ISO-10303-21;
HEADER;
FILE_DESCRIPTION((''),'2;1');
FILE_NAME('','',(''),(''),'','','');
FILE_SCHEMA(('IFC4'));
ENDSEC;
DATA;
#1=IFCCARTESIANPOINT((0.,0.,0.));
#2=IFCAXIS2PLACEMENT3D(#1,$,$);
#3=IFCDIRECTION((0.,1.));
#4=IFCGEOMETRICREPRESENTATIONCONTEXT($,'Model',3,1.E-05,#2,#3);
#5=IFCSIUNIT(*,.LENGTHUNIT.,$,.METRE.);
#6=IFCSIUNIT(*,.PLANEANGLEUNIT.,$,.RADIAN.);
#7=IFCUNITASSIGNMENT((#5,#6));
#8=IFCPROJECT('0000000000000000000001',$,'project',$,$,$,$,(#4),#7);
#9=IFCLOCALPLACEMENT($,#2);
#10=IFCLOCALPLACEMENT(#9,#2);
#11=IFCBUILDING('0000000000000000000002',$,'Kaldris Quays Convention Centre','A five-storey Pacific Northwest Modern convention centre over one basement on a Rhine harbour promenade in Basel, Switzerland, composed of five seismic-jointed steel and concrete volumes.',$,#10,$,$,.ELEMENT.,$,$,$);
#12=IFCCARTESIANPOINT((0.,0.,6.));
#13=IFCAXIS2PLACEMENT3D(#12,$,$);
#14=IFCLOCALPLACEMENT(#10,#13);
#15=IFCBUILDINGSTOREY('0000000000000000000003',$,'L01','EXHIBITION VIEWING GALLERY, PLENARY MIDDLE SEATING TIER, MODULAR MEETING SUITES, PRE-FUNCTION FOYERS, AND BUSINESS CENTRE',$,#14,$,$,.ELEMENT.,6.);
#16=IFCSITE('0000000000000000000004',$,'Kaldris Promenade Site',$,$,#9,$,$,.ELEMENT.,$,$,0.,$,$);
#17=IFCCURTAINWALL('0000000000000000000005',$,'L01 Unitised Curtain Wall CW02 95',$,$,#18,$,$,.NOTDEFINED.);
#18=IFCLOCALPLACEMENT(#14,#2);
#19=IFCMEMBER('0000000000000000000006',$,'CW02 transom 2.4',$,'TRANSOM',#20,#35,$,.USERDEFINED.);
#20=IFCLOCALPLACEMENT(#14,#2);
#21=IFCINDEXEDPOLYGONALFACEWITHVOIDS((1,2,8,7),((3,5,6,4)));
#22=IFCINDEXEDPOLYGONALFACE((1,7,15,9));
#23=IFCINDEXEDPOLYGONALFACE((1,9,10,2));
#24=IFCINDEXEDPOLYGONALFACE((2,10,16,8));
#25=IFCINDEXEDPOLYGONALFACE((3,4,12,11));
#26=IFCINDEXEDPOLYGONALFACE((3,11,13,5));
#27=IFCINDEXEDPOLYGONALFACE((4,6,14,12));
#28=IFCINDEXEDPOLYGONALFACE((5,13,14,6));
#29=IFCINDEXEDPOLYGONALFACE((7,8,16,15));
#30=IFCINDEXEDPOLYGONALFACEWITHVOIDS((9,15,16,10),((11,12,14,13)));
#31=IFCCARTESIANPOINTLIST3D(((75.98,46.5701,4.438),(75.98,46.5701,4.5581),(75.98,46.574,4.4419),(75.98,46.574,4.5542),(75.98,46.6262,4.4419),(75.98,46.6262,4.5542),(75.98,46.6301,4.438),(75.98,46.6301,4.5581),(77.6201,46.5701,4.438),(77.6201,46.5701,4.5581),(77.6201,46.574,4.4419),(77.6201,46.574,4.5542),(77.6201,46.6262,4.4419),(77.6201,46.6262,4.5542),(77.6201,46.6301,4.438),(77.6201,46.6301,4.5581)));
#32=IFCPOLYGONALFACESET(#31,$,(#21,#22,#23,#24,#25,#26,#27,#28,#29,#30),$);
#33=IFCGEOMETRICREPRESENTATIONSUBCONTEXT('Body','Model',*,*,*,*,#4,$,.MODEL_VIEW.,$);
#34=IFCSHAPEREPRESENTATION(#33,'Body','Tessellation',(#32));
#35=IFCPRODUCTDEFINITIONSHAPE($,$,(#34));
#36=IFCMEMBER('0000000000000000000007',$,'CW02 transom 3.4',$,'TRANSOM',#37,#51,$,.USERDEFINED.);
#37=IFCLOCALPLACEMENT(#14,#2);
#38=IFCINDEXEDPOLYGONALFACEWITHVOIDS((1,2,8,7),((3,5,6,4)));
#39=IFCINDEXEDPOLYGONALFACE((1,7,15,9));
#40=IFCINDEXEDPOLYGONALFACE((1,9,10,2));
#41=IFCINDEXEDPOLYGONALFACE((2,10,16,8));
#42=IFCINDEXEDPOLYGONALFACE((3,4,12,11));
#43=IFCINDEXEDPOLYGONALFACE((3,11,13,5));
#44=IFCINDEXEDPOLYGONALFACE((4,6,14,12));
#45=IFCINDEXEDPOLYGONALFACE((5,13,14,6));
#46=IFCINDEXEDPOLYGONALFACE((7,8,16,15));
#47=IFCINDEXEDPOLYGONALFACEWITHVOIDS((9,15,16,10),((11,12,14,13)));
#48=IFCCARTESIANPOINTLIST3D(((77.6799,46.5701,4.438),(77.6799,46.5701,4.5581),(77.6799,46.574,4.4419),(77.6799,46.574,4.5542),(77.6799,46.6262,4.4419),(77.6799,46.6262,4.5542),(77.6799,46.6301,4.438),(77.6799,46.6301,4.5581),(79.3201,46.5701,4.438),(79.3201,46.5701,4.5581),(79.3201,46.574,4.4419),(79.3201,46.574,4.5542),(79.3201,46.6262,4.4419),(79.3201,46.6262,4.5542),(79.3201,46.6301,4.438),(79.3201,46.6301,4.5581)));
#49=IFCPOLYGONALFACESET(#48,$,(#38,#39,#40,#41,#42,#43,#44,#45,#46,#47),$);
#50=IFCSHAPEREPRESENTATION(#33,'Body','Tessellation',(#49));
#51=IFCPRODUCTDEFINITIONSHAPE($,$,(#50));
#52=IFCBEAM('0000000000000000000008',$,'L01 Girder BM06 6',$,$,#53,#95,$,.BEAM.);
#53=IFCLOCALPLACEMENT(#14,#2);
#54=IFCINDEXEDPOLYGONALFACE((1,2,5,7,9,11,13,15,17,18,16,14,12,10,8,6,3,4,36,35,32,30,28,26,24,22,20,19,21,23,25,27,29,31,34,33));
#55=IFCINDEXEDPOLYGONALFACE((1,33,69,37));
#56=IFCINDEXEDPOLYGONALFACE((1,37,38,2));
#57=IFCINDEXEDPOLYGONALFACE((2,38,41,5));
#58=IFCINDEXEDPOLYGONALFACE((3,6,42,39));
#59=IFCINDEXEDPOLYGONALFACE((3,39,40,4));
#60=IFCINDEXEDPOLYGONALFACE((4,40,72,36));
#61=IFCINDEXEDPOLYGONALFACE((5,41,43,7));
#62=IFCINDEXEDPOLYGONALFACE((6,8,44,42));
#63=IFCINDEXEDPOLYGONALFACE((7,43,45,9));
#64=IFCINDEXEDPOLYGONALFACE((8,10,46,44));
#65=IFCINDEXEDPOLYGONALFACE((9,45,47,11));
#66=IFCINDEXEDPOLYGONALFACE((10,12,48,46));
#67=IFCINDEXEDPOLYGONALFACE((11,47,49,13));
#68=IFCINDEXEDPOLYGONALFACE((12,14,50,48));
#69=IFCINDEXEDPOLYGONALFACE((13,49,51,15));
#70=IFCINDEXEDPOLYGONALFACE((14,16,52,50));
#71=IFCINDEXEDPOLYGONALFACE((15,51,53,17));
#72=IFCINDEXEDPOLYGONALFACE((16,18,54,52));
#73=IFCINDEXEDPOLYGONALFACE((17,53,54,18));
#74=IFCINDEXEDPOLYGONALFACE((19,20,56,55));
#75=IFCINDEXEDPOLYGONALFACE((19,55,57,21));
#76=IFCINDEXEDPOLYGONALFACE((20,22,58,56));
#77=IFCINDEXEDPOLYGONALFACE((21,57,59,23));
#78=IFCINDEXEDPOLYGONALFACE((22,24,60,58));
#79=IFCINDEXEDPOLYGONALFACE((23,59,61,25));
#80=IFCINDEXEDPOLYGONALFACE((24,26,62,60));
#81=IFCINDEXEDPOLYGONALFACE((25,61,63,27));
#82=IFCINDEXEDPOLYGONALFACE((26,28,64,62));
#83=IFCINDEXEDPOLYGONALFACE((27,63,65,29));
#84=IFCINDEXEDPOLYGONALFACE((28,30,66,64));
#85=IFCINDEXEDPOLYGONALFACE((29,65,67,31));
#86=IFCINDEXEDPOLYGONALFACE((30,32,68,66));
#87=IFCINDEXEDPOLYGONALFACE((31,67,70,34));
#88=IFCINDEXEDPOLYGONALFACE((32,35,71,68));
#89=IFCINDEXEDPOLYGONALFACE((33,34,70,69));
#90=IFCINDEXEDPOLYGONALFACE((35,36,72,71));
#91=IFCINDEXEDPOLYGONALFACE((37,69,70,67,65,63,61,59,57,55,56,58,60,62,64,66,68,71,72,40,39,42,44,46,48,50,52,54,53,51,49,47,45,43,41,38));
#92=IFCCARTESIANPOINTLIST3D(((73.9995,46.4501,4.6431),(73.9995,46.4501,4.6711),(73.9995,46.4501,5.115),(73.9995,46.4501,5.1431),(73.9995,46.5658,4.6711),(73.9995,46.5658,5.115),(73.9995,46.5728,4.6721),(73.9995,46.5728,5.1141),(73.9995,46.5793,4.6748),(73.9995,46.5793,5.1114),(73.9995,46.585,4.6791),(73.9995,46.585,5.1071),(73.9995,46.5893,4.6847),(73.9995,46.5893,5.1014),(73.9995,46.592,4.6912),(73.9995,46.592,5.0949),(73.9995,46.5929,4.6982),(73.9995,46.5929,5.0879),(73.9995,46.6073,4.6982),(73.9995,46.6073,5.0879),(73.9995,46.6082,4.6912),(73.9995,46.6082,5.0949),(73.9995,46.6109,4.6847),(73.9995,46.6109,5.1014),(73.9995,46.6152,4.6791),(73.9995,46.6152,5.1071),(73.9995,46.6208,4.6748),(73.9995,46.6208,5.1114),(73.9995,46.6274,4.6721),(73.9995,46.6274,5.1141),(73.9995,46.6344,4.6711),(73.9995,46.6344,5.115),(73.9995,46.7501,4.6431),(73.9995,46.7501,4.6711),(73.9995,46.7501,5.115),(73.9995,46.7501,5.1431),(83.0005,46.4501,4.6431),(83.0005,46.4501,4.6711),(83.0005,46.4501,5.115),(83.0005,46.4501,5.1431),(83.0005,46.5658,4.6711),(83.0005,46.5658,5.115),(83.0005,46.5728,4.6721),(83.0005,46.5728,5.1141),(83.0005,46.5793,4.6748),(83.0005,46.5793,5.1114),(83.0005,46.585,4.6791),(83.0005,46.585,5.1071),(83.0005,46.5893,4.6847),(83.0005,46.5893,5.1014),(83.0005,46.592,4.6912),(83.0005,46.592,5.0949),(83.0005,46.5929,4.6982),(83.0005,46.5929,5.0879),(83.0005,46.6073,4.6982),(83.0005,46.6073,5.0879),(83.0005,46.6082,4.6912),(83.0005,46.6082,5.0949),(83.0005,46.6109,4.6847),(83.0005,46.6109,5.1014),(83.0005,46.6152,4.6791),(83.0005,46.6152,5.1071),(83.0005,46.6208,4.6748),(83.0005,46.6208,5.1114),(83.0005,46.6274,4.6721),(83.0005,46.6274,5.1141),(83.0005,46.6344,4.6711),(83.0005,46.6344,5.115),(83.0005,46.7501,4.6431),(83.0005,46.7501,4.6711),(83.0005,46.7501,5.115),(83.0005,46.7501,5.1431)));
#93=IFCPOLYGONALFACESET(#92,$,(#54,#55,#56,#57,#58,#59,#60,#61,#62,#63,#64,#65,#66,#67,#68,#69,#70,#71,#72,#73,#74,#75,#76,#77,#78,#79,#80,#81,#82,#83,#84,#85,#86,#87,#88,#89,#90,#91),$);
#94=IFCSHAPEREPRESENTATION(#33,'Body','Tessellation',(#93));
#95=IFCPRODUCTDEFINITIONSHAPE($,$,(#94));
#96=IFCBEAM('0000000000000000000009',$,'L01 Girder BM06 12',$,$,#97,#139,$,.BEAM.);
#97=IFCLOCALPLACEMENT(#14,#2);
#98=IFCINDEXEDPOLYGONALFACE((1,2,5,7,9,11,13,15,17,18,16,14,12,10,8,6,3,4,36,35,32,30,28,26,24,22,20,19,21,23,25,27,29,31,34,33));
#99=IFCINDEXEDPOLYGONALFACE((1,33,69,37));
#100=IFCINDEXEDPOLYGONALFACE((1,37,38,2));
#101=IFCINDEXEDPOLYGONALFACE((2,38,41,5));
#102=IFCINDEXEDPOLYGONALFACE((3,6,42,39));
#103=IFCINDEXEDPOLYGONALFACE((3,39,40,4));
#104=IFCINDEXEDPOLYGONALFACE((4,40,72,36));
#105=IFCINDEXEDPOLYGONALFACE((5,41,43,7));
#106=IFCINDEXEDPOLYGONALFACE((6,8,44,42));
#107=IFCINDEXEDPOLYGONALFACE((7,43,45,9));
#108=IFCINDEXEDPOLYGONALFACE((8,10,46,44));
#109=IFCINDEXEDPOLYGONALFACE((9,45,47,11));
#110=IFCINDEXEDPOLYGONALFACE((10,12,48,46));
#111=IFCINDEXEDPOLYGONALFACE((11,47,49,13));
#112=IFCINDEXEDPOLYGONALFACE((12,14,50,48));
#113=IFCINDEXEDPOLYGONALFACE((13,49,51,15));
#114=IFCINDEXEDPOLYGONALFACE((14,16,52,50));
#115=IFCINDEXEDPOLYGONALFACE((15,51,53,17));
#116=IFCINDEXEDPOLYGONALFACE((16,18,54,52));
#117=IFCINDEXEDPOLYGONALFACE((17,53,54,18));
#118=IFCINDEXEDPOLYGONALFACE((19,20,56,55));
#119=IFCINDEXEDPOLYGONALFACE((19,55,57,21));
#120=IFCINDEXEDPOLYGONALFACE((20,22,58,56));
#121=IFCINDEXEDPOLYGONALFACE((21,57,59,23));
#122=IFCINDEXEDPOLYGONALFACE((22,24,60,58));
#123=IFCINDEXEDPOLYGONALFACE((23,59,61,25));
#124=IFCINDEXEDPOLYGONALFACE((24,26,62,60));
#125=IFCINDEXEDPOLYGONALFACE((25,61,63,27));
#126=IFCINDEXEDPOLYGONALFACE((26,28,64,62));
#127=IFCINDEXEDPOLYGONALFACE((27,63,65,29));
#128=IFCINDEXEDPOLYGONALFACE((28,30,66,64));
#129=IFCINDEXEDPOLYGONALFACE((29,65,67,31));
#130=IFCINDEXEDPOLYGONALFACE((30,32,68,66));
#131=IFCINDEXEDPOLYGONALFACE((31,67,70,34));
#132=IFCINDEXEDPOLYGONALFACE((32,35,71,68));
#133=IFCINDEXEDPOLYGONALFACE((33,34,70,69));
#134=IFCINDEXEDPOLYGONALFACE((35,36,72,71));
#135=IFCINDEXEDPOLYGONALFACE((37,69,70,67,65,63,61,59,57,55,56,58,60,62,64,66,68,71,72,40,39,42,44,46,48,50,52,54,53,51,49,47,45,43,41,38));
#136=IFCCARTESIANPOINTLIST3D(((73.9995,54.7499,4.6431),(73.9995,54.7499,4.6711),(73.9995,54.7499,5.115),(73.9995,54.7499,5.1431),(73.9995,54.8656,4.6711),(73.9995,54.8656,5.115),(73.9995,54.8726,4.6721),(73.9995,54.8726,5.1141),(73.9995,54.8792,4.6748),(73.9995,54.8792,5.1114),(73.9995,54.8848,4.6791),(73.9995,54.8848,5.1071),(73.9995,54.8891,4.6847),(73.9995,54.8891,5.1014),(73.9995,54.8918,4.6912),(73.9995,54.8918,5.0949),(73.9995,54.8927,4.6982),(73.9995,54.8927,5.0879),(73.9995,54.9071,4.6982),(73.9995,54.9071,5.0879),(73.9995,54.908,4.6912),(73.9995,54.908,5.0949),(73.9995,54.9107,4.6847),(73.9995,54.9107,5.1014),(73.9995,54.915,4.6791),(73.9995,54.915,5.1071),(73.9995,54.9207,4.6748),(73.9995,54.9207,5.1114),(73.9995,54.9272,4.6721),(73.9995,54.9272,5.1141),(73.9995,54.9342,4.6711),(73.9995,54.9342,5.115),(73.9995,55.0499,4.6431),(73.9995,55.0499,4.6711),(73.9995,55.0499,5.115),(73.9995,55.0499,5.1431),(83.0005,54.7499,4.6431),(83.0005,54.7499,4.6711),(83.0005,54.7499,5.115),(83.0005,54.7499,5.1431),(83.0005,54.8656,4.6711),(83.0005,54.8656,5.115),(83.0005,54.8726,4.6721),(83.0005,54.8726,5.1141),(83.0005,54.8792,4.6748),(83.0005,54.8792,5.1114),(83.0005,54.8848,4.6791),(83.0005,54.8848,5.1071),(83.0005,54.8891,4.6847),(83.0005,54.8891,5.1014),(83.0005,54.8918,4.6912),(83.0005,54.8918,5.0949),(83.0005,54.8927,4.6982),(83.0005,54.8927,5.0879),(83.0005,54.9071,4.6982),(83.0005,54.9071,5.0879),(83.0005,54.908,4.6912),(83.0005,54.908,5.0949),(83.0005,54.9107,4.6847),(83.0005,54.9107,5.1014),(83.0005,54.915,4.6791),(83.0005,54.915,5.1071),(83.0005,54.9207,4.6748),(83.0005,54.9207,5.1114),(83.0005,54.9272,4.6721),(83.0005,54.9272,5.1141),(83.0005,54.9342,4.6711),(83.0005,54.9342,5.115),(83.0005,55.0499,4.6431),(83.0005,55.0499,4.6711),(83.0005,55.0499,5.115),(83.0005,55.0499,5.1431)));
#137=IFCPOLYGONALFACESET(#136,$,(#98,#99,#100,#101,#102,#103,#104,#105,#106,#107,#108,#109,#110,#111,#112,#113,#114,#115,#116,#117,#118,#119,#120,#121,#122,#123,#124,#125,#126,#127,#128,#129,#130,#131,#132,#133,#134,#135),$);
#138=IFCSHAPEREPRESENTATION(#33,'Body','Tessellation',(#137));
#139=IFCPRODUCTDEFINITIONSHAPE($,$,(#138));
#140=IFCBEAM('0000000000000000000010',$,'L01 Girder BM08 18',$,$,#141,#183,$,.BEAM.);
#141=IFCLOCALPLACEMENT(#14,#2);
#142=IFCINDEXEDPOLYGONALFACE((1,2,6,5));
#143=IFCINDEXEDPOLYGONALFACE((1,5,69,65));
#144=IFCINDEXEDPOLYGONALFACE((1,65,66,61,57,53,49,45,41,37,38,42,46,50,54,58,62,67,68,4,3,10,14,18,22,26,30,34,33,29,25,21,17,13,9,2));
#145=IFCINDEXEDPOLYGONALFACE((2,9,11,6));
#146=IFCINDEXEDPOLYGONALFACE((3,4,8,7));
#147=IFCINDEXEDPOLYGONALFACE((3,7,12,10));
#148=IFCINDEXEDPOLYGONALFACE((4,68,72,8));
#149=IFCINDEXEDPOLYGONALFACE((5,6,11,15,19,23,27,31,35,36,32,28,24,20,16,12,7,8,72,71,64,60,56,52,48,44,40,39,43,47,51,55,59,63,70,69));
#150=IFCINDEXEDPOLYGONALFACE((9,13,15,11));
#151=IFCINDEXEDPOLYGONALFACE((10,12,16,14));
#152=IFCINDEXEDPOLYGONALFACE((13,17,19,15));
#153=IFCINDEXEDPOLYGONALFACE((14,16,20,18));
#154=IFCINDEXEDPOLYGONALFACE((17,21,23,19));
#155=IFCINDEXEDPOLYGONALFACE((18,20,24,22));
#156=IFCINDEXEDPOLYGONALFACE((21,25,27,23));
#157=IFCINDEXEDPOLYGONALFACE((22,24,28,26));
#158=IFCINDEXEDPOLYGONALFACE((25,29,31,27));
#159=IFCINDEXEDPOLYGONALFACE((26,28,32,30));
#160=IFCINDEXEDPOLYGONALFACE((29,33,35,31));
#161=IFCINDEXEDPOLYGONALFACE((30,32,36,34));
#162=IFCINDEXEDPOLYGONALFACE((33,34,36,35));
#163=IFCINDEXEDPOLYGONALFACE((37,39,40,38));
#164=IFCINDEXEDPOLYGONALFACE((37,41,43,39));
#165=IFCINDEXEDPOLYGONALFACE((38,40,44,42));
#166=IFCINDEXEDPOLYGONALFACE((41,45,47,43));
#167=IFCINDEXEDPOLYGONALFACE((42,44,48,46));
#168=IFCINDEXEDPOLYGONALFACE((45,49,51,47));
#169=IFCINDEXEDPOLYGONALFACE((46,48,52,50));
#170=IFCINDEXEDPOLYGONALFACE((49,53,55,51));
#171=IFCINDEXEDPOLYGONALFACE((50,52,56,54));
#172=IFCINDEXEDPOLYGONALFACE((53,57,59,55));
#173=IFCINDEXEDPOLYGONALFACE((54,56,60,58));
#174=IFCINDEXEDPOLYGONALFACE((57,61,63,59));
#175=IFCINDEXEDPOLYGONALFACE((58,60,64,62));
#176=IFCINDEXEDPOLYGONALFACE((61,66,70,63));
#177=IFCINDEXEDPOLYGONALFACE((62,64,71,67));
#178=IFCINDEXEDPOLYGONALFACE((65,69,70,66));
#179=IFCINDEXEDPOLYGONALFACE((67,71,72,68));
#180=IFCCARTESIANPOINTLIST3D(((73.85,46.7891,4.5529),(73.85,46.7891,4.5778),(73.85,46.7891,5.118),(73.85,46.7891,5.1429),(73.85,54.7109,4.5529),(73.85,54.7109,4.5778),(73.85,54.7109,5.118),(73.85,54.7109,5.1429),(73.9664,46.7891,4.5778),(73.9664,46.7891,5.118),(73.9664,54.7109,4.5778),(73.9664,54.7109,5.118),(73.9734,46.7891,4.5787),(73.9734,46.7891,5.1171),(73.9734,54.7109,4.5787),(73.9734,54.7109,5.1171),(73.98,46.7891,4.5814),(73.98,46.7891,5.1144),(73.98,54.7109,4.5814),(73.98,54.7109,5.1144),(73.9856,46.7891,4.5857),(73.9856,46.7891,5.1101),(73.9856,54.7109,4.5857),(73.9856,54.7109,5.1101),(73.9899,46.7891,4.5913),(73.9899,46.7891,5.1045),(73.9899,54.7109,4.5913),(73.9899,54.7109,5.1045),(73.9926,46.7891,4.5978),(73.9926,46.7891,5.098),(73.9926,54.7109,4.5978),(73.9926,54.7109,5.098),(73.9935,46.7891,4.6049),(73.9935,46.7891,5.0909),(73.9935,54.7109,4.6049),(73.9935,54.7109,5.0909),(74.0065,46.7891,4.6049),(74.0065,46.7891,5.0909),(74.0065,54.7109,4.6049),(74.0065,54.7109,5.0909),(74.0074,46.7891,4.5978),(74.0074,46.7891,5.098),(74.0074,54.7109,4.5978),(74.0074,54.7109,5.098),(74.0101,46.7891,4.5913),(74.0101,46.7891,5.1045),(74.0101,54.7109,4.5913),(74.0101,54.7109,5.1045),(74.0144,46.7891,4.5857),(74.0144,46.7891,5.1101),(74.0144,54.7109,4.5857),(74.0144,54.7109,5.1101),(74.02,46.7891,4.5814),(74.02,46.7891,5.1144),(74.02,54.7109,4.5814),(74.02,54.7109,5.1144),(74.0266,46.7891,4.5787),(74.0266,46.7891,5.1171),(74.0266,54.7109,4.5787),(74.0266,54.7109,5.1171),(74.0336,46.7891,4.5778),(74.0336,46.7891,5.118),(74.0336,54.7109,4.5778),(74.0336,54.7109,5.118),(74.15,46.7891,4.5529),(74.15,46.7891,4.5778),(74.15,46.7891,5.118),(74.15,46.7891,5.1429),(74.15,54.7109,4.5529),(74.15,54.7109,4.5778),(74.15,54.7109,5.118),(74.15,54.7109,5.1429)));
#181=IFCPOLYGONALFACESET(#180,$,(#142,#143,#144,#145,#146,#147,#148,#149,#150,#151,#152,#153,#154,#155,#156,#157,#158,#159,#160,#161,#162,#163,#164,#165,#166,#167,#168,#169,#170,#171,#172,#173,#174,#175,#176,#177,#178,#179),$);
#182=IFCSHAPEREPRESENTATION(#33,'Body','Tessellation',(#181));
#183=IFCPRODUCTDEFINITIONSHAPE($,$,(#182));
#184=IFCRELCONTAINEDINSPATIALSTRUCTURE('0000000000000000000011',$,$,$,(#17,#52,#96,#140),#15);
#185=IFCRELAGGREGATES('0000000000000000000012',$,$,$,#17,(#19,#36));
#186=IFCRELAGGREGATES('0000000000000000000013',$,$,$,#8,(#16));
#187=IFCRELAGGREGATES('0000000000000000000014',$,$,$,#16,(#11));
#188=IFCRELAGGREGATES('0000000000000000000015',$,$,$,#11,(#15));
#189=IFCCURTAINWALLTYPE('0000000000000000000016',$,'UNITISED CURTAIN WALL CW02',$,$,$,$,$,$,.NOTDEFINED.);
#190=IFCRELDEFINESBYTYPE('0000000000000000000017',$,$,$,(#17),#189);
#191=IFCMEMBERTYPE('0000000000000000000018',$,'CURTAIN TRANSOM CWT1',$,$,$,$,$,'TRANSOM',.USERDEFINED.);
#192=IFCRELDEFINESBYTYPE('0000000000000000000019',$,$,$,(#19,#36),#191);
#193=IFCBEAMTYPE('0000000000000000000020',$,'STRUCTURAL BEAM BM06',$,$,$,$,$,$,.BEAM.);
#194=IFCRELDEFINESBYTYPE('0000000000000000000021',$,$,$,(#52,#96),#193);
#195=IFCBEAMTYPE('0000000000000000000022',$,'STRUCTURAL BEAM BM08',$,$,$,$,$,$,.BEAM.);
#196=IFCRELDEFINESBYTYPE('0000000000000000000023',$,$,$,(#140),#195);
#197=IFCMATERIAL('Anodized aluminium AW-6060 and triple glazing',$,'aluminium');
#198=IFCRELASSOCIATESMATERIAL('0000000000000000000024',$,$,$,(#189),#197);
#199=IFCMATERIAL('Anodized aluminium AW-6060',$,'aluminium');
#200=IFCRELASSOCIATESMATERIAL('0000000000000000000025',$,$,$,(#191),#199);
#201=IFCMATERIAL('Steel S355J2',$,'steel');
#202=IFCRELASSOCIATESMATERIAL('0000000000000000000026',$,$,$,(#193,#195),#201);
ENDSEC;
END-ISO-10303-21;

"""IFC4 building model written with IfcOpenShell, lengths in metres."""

from ifc_helpers import new_model, si_unit, direction, frame, origin, origin_2d, place, context, subcontext, project, spatial, hollow_rectangle, i_section, extrude, material, material_profile, profile_set, type_object, element, aggregate, save


model = new_model("IFC4")

# Units and contexts
model_context = context("Model", 3, precision=1e-05, world=origin(), true_north=direction((0.0, 1.0)))
body_context = subcontext(model_context, "Body", "Model", "MODEL_VIEW")
ifc_project = project(units=[si_unit("LENGTHUNIT", "METRE"), si_unit("PLANEANGLEUNIT", "RADIAN")], contexts=[model_context])

# Site, building, storey
site_placement = place(None, origin())
site = spatial("IfcSite", under=ifc_project, at=site_placement, Name="Kaldris Promenade Site", CompositionType="ELEMENT", RefElevation=0.0)
building_placement = place(site_placement, origin())
building = spatial("IfcBuilding", under=site, at=building_placement, Name="Kaldris Quays Convention Centre", Description="A five-storey Pacific Northwest Modern convention centre over one basement on a Rhine harbour promenade in Basel, Switzerland, composed of five seismic-jointed steel and concrete volumes.", CompositionType="ELEMENT")
storey_placement = place(building_placement, frame((0.0, 0.0, 6.0)))
storey = spatial("IfcBuildingStorey", under=building, at=storey_placement, Name="L01", Description="EXHIBITION VIEWING GALLERY, PLENARY MIDDLE SEATING TIER, MODULAR MEETING SUITES, PRE-FUNCTION FOYERS, AND BUSINESS CENTRE", CompositionType="ELEMENT", Elevation=6.0)

# Curtain wall, members
ifc_material_1 = material(Name="Anodized aluminium AW-6060 and triple glazing", Category="aluminium")
curtain_wall_type = type_object("IfcCurtainWallType", Name="UNITISED CURTAIN WALL CW02", PredefinedType="NOTDEFINED", material=ifc_material_1)
curtain_wall_placement = place(storey_placement, origin())
curtain_wall = element("IfcCurtainWall", 1, at=curtain_wall_placement, inside=storey, type_object=curtain_wall_type, Name="L01 Unitised Curtain Wall CW02 95", PredefinedType="NOTDEFINED")
ifc_material_2 = material(Name="Anodized aluminium AW-6060", Category="aluminium")
ifc_material_profile_1 = material_profile(ifc_material_2, hollow_rectangle(XDim=0.0601, YDim=0.1201, WallThickness=0.0039, at=origin_2d()), Name="RHS 120x60x4")
ifc_profile_set_1 = profile_set([ifc_material_profile_1], Name="Anodized aluminium AW-6060")
member_type = type_object("IfcMemberType", Name="CURTAIN TRANSOM CWT1", ElementType="TRANSOM", PredefinedType="USERDEFINED", material=ifc_profile_set_1)
member_1_placement = place(storey_placement, frame((75.98, 46.6001, 4.498), z_axis=(1.0, 0.0, 0.0), x_axis=(0.0, 1.0, 0.0)))
member_1 = element("IfcMember", 2, at=member_1_placement, type_object=member_type, Name="CW02 transom 2.4", ObjectType="TRANSOM", PredefinedType="USERDEFINED", context=body_context, shape_type="SweptSolid", body=[
    extrude(hollow_rectangle(XDim=0.0601, YDim=0.1201, WallThickness=0.0039, at=origin_2d()), origin(), (0.0, 0.0, 1.0), 1.6401),
])
member_2_placement = place(storey_placement, frame((77.6799, 46.6001, 4.498), z_axis=(1.0, 0.0, 0.0), x_axis=(0.0, 1.0, 0.0)))
member_2 = element("IfcMember", 3, at=member_2_placement, type_object=member_type, Name="CW02 transom 3.4", ObjectType="TRANSOM", PredefinedType="USERDEFINED", context=body_context, shape_type="SweptSolid", body=[
    extrude(hollow_rectangle(XDim=0.0601, YDim=0.1201, WallThickness=0.0039, at=origin_2d()), origin(), (0.0, 0.0, 1.0), 1.6401),
])
aggregate(curtain_wall, [member_1, member_2])

# Beams
ifc_material_3 = material(Name="Steel S355J2", Category="steel")
ifc_material_profile_2 = material_profile(ifc_material_3, i_section(OverallWidth=0.3, OverallDepth=0.5, WebThickness=0.0144, FlangeThickness=0.0281, FilletRadius=0.0271, at=origin_2d()), Name="HEB 500")
ifc_profile_set_2 = profile_set([ifc_material_profile_2], Name="Steel S355J2")
beam_type_1 = type_object("IfcBeamType", Name="STRUCTURAL BEAM BM06", PredefinedType="BEAM", material=ifc_profile_set_2)
for number, where, z_axis, x_axis, name in (
    (4, (73.9995, 46.6001, 4.8931), (1.0, 0.0, 0.0), (0.0, 1.0, 0.0), "L01 Girder BM06 6"),
    (5, (73.9995, 54.8999, 4.8931), (1.0, 0.0, 0.0), (0.0, 1.0, 0.0), "L01 Girder BM06 12"),
):
    element("IfcBeam", number, at=place(storey_placement, frame(where, z_axis=z_axis, x_axis=x_axis)), inside=storey, type_object=beam_type_1, Name=name, PredefinedType="BEAM", context=body_context, shape_type="SweptSolid", body=[
        extrude(i_section(OverallWidth=0.3, OverallDepth=0.5, WebThickness=0.0144, FlangeThickness=0.0281, FilletRadius=0.0271, at=origin_2d()), origin(), (0.0, 0.0, 1.0), 9.001),
    ])
ifc_material_profile_3 = material_profile(ifc_material_3, i_section(OverallWidth=0.3, OverallDepth=0.5901, WebThickness=0.0129, FlangeThickness=0.0249, FilletRadius=0.0271, at=origin_2d()), Name="HEA 600")
ifc_profile_set_3 = profile_set([ifc_material_profile_3], Name="Steel S355J2")
beam_type_2 = type_object("IfcBeamType", Name="STRUCTURAL BEAM BM08", PredefinedType="BEAM", material=ifc_profile_set_3)
beam_1_placement = place(storey_placement, frame((74.0, 46.7891, 4.8479), z_axis=(0.0, 1.0, 0.0), x_axis=(-1.0, 0.0, 0.0)))
element("IfcBeam", 6, at=beam_1_placement, inside=storey, type_object=beam_type_2, Name="L01 Girder BM08 18", PredefinedType="BEAM", context=body_context, shape_type="SweptSolid", body=[
    extrude(i_section(OverallWidth=0.3, OverallDepth=0.5901, WebThickness=0.0129, FlangeThickness=0.0249, FilletRadius=0.0271, at=origin_2d()), origin(), (0.0, 0.0, 1.0), 7.9219),
])

save(model, "model.ifc")
